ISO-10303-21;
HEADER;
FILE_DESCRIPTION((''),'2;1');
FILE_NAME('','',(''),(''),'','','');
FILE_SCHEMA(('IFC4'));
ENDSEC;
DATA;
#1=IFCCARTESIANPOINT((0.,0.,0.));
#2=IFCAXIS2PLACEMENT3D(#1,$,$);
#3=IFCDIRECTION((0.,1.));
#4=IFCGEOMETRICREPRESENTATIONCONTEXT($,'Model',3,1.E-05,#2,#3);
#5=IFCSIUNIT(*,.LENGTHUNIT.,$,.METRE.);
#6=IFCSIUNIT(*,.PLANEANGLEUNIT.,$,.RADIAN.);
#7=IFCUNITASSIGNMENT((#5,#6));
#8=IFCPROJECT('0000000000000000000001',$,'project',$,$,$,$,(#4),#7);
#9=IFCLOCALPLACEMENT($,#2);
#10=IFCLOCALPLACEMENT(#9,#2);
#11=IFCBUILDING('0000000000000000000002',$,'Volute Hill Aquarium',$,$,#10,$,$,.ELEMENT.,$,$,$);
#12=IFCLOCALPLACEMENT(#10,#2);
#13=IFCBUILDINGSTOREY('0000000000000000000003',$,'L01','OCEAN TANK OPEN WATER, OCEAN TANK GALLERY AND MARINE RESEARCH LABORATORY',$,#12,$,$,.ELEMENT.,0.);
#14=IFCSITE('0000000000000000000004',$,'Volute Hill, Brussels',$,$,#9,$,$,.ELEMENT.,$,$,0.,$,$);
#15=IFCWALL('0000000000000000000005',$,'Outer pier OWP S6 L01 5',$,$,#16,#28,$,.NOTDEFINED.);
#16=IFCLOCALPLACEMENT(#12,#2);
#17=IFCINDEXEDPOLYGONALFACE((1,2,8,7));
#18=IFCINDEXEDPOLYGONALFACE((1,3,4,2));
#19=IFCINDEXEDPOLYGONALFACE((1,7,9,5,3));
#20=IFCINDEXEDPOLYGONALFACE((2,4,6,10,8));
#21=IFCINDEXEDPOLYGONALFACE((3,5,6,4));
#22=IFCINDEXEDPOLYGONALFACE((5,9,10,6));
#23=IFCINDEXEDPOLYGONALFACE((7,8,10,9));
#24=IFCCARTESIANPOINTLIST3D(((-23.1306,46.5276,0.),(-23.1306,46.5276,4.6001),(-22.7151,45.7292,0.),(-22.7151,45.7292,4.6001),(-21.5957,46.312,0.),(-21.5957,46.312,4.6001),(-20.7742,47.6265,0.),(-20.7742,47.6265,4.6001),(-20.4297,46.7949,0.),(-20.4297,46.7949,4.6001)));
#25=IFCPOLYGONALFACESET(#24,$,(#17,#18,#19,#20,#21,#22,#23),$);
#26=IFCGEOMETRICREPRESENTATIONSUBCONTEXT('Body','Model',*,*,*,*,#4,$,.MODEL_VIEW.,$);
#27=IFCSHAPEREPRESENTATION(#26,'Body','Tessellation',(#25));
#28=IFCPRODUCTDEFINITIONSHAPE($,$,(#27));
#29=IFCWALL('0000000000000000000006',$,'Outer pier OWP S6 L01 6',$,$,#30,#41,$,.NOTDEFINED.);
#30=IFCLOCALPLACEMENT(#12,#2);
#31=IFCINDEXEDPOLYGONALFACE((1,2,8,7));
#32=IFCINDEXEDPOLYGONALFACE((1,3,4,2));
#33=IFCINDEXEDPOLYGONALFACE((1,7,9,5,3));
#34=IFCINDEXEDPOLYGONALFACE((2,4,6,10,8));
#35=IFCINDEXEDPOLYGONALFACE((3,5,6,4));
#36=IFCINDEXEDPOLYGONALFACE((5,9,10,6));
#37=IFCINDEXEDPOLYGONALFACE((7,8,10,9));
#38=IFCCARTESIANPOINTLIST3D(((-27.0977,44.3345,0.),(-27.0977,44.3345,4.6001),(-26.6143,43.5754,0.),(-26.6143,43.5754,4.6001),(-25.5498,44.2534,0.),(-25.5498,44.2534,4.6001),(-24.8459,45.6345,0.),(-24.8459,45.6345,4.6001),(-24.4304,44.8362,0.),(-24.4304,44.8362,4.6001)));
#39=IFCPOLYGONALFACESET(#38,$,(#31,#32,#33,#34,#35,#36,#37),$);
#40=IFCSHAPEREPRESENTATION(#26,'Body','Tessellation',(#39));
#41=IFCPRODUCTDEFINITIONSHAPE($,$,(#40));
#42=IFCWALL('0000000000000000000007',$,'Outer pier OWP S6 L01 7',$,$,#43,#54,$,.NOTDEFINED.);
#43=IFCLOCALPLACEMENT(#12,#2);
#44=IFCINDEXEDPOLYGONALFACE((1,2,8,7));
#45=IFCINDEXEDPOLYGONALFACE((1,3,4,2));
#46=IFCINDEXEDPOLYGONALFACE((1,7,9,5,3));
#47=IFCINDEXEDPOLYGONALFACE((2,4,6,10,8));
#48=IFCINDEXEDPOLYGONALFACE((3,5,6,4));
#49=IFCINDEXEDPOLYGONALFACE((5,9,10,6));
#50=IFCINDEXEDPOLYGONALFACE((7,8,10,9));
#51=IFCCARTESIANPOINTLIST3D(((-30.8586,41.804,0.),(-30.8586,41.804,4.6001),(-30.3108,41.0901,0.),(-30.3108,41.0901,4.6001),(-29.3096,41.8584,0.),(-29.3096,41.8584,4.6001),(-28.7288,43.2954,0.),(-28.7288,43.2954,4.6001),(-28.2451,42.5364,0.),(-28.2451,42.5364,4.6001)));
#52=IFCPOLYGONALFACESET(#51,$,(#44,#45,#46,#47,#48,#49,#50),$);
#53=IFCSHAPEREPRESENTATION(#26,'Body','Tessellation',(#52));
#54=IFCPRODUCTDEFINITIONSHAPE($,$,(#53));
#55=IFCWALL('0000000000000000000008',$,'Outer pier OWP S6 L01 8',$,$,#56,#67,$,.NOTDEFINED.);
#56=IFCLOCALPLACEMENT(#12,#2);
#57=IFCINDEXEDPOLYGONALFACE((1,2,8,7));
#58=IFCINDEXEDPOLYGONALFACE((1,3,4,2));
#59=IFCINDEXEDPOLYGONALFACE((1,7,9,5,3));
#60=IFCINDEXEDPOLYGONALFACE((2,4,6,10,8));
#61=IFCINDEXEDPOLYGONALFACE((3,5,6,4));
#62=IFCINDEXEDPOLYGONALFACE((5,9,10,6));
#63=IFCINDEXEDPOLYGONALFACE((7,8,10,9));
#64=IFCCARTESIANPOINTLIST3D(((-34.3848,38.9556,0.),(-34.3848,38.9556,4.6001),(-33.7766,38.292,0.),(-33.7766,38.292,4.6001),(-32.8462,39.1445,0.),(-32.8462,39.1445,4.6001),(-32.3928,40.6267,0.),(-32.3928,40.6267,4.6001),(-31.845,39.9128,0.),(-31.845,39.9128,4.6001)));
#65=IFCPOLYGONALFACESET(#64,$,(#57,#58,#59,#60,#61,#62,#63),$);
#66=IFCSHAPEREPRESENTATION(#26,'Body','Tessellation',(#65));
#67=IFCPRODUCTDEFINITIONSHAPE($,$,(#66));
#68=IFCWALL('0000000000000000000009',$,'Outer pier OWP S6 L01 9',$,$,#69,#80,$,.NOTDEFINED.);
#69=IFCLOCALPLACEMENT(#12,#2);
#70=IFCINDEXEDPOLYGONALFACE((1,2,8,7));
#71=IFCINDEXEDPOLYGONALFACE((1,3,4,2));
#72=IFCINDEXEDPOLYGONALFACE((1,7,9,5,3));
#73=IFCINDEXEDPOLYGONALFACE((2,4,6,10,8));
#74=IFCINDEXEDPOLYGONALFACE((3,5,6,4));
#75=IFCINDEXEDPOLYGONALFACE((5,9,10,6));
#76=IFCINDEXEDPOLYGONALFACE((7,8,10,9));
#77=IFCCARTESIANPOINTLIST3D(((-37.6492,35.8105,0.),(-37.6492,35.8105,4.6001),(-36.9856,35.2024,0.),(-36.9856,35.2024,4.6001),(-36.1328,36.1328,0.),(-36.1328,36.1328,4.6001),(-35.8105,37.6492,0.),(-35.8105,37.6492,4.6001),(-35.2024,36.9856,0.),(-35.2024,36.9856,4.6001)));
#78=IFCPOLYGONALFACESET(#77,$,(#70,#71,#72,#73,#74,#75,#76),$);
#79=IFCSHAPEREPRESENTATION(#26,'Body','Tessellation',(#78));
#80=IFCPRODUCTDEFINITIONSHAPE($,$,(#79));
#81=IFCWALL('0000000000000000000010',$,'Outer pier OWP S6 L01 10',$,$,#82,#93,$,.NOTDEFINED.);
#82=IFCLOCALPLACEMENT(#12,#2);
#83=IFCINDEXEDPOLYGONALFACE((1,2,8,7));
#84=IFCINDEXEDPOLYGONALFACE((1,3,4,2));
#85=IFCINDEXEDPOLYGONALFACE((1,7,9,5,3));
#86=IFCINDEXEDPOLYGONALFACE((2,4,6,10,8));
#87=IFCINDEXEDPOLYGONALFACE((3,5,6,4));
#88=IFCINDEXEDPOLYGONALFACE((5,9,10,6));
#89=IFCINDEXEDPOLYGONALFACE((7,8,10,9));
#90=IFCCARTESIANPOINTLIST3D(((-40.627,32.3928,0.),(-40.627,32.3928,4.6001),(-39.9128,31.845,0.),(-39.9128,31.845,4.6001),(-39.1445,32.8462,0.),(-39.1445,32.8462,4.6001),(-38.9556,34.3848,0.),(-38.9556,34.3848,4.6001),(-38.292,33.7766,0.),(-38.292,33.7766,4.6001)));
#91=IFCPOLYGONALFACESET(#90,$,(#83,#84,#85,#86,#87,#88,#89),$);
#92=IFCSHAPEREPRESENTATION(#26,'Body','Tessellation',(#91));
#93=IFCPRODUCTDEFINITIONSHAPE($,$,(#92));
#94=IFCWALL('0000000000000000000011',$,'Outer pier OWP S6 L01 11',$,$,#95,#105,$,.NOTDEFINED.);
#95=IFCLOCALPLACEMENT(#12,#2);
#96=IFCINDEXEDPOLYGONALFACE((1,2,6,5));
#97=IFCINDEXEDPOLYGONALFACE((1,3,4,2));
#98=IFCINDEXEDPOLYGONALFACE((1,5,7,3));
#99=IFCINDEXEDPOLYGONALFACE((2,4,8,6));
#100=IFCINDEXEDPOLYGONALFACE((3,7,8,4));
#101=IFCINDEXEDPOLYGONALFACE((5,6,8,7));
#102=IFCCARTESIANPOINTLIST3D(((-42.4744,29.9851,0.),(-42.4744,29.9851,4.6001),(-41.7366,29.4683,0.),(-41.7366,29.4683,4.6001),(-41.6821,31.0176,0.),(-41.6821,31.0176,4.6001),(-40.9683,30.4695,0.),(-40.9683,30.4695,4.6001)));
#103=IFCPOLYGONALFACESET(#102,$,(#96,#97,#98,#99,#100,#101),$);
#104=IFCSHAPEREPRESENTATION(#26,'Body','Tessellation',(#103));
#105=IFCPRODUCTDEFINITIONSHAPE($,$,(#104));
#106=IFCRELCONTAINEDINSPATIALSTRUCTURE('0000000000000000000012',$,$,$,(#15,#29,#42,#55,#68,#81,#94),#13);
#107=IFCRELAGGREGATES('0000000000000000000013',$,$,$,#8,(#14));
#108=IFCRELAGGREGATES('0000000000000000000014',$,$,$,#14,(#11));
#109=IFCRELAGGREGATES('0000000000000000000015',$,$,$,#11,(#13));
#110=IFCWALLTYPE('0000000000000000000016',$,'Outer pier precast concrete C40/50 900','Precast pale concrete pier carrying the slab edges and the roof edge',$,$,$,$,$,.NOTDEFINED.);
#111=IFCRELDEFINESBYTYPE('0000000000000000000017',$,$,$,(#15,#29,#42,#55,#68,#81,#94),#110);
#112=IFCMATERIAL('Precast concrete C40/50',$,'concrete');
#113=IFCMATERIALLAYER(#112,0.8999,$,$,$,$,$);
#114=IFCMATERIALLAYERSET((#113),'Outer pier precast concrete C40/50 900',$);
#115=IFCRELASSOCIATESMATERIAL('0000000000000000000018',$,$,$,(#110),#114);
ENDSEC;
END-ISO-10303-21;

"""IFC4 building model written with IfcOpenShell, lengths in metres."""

from ifc_helpers import new_model, si_unit, direction, origin, place, context, subcontext, project, spatial, polyline, outline, extrude, material, layer, layer_set, type_object, element, save


model = new_model("IFC4")

# Units and contexts
model_context = context("Model", 3, precision=1e-05, world=origin(), true_north=direction((0.0, 1.0)))
body_context = subcontext(model_context, "Body", "Model", "MODEL_VIEW")
ifc_project = project(units=[si_unit("LENGTHUNIT", "METRE"), si_unit("PLANEANGLEUNIT", "RADIAN")], contexts=[model_context])

# Site, building, storey
site_placement = place(None, origin())
site = spatial("IfcSite", under=ifc_project, at=site_placement, Name="Volute Hill, Brussels", CompositionType="ELEMENT", RefElevation=0.0)
building_placement = place(site_placement, origin())
building = spatial("IfcBuilding", under=site, at=building_placement, Name="Volute Hill Aquarium", CompositionType="ELEMENT")
storey_placement = place(building_placement, origin())
storey = spatial("IfcBuildingStorey", under=building, at=storey_placement, Name="L01", Description="OCEAN TANK OPEN WATER, OCEAN TANK GALLERY AND MARINE RESEARCH LABORATORY", CompositionType="ELEMENT", Elevation=0.0)

# Walls
ifc_material_1 = material(Name="Precast concrete C40/50", Category="concrete")
ifc_layer_1 = layer(ifc_material_1, 0.8999)
ifc_layer_set_1 = layer_set([ifc_layer_1], Name="Outer pier precast concrete C40/50 900")
wall_type = type_object("IfcWallType", Name="Outer pier precast concrete C40/50 900", Description="Precast pale concrete pier carrying the slab edges and the roof edge", PredefinedType="NOTDEFINED", material=ifc_layer_set_1)
wall_1_placement = place(storey_placement, origin())
element("IfcWall", 1, at=wall_1_placement, inside=storey, type_object=wall_type, Name="Outer pier OWP S6 L01 5", PredefinedType="NOTDEFINED", context=body_context, shape_type="SweptSolid", body=[
    extrude(outline(polyline([(-20.4297, 46.7949), (-20.7742, 47.6265), (-23.1306, 46.5276), (-22.7151, 45.7292), (-21.5957, 46.312), (-20.4297, 46.7949)])), origin(), (0.0, 0.0, 1.0), 4.6001),
])
wall_2_placement = place(storey_placement, origin())
element("IfcWall", 2, at=wall_2_placement, inside=storey, type_object=wall_type, Name="Outer pier OWP S6 L01 6", PredefinedType="NOTDEFINED", context=body_context, shape_type="SweptSolid", body=[
    extrude(outline(polyline([(-24.4304, 44.8362), (-24.8459, 45.6345), (-27.0977, 44.3345), (-26.6143, 43.5754), (-25.5498, 44.2534), (-24.4304, 44.8362)])), origin(), (0.0, 0.0, 1.0), 4.6001),
])
wall_3_placement = place(storey_placement, origin())
element("IfcWall", 3, at=wall_3_placement, inside=storey, type_object=wall_type, Name="Outer pier OWP S6 L01 7", PredefinedType="NOTDEFINED", context=body_context, shape_type="SweptSolid", body=[
    extrude(outline(polyline([(-28.2451, 42.5364), (-28.7288, 43.2954), (-30.8586, 41.804), (-30.3108, 41.0901), (-29.3096, 41.8584), (-28.2451, 42.5364)])), origin(), (0.0, 0.0, 1.0), 4.6001),
])
wall_4_placement = place(storey_placement, origin())
element("IfcWall", 4, at=wall_4_placement, inside=storey, type_object=wall_type, Name="Outer pier OWP S6 L01 8", PredefinedType="NOTDEFINED", context=body_context, shape_type="SweptSolid", body=[
    extrude(outline(polyline([(-31.845, 39.9128), (-32.3928, 40.6267), (-34.3848, 38.9556), (-33.7766, 38.292), (-32.8462, 39.1445), (-31.845, 39.9128)])), origin(), (0.0, 0.0, 1.0), 4.6001),
])
wall_5_placement = place(storey_placement, origin())
element("IfcWall", 5, at=wall_5_placement, inside=storey, type_object=wall_type, Name="Outer pier OWP S6 L01 9", PredefinedType="NOTDEFINED", context=body_context, shape_type="SweptSolid", body=[
    extrude(outline(polyline([(-35.2024, 36.9856), (-35.8105, 37.6492), (-37.6492, 35.8105), (-36.9856, 35.2024), (-36.1328, 36.1328), (-35.2024, 36.9856)])), origin(), (0.0, 0.0, 1.0), 4.6001),
])
wall_6_placement = place(storey_placement, origin())
element("IfcWall", 6, at=wall_6_placement, inside=storey, type_object=wall_type, Name="Outer pier OWP S6 L01 10", PredefinedType="NOTDEFINED", context=body_context, shape_type="SweptSolid", body=[
    extrude(outline(polyline([(-38.292, 33.7766), (-38.9556, 34.3848), (-40.627, 32.3928), (-39.9128, 31.845), (-39.1445, 32.8462), (-38.292, 33.7766)])), origin(), (0.0, 0.0, 1.0), 4.6001),
])
wall_7_placement = place(storey_placement, origin())
element("IfcWall", 7, at=wall_7_placement, inside=storey, type_object=wall_type, Name="Outer pier OWP S6 L01 11", PredefinedType="NOTDEFINED", context=body_context, shape_type="SweptSolid", body=[
    extrude(outline(polyline([(-40.9683, 30.4695), (-41.6821, 31.0176), (-42.4744, 29.9851), (-41.7366, 29.4683), (-40.9683, 30.4695)])), origin(), (0.0, 0.0, 1.0), 4.6001),
])

save(model, "model.ifc")
